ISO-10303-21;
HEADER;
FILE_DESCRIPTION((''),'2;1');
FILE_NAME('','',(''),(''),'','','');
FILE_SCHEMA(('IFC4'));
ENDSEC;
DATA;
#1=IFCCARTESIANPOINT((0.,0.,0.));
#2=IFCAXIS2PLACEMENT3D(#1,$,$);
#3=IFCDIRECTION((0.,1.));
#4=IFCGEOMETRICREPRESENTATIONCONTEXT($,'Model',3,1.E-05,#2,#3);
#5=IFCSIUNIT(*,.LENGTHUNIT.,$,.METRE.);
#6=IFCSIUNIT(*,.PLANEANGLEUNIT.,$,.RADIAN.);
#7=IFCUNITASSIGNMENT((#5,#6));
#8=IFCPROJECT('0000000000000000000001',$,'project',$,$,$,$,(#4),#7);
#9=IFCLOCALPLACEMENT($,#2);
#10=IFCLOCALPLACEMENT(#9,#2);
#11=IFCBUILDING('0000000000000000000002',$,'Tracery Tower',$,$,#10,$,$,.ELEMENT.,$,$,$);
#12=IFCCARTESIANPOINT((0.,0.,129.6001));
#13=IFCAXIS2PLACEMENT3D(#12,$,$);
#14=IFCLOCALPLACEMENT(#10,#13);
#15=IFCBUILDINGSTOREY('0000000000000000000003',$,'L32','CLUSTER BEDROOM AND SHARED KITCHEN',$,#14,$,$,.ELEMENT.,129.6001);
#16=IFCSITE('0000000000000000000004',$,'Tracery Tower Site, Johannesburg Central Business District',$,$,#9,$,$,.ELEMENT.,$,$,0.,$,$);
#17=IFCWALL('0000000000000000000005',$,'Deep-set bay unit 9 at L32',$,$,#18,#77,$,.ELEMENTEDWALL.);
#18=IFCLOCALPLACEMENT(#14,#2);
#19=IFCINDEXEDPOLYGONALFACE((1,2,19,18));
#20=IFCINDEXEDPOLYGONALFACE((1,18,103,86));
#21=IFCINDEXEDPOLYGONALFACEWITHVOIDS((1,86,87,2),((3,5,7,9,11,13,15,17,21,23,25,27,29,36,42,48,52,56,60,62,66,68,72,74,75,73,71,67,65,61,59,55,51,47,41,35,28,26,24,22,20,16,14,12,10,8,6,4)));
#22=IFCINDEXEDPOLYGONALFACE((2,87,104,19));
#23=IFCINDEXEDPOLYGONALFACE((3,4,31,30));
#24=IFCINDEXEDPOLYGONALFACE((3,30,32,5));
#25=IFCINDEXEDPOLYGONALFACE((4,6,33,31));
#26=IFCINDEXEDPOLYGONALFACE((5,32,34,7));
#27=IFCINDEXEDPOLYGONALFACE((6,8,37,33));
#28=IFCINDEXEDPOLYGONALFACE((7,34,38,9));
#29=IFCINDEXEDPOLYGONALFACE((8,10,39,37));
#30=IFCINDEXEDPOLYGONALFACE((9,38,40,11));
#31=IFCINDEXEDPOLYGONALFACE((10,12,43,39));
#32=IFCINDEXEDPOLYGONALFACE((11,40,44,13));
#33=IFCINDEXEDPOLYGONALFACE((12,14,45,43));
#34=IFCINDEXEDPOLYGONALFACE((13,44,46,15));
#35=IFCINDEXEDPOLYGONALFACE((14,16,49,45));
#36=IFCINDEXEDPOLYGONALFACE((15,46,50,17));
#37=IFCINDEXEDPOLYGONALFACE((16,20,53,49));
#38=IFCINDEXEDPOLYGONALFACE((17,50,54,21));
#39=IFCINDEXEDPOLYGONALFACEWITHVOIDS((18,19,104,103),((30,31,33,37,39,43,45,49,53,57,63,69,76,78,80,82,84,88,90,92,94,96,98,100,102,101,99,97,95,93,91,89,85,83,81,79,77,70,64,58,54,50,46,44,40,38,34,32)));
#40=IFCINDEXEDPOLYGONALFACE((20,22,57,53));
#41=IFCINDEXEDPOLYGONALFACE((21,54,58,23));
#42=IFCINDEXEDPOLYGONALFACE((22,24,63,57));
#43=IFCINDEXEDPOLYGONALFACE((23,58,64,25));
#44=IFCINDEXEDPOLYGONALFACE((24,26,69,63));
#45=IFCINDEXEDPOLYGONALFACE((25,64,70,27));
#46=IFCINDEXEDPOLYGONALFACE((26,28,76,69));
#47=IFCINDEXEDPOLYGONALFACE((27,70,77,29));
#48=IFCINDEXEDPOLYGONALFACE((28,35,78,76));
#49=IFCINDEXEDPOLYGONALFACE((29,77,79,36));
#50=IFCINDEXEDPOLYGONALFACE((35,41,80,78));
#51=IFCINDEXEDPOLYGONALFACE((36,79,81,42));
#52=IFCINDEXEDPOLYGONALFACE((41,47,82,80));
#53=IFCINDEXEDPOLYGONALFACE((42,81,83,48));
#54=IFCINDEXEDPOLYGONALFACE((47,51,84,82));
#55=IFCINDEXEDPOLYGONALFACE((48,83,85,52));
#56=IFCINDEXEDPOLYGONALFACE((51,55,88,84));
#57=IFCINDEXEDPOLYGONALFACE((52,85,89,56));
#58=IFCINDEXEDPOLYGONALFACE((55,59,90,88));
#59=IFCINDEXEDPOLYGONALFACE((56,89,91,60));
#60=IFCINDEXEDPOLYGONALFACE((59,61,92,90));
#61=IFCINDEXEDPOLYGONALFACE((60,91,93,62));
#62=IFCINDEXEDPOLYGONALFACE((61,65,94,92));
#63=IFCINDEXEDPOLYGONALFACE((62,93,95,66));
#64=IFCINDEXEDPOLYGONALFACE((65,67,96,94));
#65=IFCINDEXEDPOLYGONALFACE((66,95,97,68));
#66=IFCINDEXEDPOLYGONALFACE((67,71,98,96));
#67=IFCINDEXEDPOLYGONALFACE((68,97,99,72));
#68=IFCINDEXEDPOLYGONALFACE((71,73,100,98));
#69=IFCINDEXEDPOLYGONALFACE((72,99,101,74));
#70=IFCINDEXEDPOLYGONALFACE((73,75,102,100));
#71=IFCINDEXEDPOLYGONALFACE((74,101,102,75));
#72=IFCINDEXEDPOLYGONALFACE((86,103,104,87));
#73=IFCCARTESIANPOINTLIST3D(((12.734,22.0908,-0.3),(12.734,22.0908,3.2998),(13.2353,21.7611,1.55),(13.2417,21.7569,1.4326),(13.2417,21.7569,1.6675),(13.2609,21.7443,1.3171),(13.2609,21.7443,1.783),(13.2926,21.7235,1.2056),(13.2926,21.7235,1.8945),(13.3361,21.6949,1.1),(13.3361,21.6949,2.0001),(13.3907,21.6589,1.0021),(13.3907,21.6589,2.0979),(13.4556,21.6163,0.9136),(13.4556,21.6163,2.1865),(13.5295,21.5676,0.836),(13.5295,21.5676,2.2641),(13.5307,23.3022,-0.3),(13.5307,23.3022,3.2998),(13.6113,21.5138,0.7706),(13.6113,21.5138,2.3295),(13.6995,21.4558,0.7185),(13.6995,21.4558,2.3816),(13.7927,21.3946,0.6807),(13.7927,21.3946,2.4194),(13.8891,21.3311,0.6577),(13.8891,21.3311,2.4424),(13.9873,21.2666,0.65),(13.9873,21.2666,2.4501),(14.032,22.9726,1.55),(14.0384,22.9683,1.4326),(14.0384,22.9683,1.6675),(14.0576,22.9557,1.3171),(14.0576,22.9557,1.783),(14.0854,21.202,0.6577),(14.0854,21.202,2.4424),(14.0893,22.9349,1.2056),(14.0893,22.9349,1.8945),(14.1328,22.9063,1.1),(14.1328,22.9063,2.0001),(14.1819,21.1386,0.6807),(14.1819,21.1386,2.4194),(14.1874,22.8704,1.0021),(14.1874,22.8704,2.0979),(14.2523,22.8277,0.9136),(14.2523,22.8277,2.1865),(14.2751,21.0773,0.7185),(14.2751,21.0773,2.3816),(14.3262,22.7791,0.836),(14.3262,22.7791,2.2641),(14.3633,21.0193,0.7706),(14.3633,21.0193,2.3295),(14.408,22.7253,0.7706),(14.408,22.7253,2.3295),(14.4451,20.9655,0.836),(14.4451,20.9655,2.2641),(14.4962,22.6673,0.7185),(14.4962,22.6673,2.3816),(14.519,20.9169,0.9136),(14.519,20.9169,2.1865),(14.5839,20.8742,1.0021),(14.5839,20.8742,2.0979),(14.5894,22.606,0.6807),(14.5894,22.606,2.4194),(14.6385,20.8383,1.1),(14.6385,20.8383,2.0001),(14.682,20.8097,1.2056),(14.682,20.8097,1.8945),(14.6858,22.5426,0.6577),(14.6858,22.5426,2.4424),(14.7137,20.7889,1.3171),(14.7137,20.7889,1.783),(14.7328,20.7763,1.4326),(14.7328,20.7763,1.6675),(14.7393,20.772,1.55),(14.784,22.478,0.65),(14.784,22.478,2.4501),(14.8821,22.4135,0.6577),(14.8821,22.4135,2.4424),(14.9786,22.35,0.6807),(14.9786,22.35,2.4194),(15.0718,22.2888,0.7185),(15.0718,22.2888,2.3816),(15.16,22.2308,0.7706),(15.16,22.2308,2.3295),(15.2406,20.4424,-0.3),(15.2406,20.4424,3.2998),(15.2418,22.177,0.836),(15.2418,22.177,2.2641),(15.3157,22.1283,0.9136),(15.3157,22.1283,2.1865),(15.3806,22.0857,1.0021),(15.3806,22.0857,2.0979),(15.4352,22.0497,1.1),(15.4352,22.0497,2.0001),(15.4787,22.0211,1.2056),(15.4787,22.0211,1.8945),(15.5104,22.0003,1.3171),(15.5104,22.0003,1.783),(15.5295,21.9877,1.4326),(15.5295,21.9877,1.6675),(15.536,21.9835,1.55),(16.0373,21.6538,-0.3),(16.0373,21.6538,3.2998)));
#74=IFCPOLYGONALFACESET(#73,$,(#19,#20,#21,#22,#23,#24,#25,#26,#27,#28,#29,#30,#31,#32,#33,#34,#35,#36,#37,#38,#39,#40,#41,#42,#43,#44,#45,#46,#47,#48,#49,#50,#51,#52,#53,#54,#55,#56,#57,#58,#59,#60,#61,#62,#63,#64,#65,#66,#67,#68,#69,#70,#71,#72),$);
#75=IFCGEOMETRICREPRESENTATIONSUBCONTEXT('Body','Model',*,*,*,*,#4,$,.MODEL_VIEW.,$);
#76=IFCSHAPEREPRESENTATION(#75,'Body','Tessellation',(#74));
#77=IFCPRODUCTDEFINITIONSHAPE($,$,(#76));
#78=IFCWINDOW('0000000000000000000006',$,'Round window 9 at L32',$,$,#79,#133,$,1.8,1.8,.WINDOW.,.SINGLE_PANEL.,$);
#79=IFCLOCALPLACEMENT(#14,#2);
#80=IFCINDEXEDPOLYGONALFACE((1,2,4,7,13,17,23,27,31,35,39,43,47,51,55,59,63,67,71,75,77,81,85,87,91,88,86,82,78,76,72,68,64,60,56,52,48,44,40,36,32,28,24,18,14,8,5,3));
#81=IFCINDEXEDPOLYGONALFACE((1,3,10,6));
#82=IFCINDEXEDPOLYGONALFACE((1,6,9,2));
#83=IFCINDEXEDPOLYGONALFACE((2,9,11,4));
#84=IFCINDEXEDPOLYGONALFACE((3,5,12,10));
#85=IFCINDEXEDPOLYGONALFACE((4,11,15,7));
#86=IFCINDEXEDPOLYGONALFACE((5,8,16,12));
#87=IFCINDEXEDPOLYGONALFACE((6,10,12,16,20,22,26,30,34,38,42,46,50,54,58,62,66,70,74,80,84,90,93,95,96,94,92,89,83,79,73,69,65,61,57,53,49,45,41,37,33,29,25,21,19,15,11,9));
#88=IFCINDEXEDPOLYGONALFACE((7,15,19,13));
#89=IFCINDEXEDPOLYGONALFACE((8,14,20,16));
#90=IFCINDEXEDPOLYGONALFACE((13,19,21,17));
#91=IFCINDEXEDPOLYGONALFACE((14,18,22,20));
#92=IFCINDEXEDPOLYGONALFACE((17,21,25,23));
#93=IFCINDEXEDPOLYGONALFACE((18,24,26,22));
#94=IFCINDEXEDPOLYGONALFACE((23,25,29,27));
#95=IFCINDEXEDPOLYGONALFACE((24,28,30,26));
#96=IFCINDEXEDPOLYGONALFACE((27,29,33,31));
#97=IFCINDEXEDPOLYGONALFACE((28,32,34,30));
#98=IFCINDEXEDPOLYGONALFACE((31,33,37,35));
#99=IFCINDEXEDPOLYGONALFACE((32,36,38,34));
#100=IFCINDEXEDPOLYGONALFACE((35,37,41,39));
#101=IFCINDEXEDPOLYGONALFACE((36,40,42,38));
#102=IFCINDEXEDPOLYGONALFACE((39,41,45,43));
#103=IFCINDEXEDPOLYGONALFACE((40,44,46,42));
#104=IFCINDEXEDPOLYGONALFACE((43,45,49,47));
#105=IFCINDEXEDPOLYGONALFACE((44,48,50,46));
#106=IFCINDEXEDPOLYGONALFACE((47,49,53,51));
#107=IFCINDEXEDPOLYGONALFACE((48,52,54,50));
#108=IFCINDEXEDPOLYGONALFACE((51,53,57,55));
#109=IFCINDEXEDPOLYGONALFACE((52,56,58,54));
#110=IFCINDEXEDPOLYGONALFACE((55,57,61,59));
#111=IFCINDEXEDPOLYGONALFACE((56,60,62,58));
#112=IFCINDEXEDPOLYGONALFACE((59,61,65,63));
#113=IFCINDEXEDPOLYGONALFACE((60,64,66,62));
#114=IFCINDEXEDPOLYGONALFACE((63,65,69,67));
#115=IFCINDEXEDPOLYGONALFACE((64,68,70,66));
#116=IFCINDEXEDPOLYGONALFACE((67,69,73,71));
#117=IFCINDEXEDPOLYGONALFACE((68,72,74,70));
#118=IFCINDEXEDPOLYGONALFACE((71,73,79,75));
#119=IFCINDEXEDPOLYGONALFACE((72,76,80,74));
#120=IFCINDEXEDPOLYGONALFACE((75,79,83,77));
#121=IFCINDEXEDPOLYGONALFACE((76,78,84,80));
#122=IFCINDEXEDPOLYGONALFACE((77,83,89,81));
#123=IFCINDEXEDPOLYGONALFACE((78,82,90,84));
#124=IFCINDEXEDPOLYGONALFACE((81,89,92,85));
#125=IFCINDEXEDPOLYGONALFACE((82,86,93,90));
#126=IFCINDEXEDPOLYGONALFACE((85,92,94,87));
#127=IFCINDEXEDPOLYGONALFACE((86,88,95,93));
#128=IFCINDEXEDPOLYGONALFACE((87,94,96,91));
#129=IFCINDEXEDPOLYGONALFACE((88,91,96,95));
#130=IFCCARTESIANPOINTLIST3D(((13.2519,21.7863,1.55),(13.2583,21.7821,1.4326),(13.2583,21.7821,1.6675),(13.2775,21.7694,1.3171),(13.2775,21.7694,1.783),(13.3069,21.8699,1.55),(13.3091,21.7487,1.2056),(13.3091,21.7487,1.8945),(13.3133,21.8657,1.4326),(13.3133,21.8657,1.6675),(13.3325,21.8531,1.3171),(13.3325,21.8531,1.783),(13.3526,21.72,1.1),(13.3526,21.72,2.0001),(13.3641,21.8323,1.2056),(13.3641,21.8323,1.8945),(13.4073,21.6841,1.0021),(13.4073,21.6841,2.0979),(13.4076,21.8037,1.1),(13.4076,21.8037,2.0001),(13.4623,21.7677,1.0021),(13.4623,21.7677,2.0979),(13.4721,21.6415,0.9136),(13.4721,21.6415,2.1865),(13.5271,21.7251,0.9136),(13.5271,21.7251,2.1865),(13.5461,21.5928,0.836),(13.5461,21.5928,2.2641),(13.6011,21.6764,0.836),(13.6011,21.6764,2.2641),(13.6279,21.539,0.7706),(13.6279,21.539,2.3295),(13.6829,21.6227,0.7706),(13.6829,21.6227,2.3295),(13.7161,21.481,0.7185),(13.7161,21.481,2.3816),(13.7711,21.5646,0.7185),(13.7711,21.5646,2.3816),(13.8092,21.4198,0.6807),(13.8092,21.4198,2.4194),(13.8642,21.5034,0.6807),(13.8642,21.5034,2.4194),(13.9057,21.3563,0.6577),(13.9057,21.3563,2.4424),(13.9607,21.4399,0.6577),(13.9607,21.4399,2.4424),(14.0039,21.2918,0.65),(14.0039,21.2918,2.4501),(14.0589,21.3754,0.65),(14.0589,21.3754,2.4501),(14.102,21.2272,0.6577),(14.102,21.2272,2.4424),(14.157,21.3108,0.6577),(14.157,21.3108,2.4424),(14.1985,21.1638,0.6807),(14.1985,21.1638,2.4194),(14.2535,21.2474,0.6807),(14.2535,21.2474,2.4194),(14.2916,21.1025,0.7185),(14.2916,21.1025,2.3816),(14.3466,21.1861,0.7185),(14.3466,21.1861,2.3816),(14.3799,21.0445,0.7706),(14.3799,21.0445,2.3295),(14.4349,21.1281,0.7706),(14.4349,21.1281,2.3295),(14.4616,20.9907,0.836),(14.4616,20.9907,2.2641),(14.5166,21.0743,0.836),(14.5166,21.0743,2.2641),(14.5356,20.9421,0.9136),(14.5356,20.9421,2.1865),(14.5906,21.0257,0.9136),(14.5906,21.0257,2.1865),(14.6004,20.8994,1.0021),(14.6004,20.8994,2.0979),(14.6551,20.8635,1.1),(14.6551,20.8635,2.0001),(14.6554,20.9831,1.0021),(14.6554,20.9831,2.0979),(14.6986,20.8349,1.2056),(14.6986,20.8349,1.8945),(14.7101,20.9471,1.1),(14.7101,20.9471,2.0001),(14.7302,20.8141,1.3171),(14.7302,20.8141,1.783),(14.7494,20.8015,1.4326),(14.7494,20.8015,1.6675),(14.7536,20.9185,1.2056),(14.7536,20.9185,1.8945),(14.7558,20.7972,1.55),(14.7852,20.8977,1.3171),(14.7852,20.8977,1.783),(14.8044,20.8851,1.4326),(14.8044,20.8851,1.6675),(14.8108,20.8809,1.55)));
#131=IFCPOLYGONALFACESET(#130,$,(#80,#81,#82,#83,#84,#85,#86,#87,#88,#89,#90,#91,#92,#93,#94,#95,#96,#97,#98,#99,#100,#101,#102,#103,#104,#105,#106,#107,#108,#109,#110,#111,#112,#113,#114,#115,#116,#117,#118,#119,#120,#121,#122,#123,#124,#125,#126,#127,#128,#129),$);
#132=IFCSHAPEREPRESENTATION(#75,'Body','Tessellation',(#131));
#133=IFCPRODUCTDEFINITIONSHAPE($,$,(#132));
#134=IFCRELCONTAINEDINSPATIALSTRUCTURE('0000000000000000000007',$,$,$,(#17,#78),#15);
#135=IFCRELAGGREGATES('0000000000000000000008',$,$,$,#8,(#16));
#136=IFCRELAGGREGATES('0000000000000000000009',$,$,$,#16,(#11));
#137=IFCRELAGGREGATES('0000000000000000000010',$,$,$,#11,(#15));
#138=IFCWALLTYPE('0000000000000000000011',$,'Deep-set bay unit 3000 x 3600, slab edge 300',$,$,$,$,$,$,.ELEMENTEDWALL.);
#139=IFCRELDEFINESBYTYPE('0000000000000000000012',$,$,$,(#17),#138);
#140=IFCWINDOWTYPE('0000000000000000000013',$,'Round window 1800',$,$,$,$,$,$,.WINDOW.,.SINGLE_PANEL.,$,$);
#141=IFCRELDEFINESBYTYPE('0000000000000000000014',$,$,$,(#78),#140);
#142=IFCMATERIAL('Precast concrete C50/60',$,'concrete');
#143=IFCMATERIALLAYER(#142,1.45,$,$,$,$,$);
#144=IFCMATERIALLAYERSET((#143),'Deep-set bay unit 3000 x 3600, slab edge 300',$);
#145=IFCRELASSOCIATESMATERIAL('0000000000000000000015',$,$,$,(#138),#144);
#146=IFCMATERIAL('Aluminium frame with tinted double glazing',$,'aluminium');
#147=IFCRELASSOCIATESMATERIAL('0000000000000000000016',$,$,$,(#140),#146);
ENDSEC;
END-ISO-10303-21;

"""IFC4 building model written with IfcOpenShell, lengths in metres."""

from ifc_helpers import new_model, si_unit, direction, frame, frame_2d, origin, origin_2d, place, context, subcontext, project, spatial, rectangle, circle, extrude, material, layer, layer_set, type_object, element, fill, save


model = new_model("IFC4")

# Units and contexts
model_context = context("Model", 3, precision=1e-05, world=origin(), true_north=direction((0.0, 1.0)))
body_context = subcontext(model_context, "Body", "Model", "MODEL_VIEW")
ifc_project = project(units=[si_unit("LENGTHUNIT", "METRE"), si_unit("PLANEANGLEUNIT", "RADIAN")], contexts=[model_context])

# Site, building, storey
site_placement = place(None, origin())
site = spatial("IfcSite", under=ifc_project, at=site_placement, Name="Tracery Tower Site, Johannesburg Central Business District", CompositionType="ELEMENT", RefElevation=0.0)
building_placement = place(site_placement, origin())
building = spatial("IfcBuilding", under=site, at=building_placement, Name="Tracery Tower", CompositionType="ELEMENT")
storey_placement = place(building_placement, frame((0.0, 0.0, 129.6001)))
storey = spatial("IfcBuildingStorey", under=building, at=storey_placement, Name="L32", Description="CLUSTER BEDROOM AND SHARED KITCHEN", CompositionType="ELEMENT", Elevation=129.6001)

# Wall, opening, window
ifc_material_1 = material(Name="Precast concrete C50/60", Category="concrete")
ifc_layer_1 = layer(ifc_material_1, 1.45)
ifc_layer_set_1 = layer_set([ifc_layer_1], Name="Deep-set bay unit 3000 x 3600, slab edge 300")
wall_type_1 = type_object("IfcWallType", Name="Deep-set bay unit 3000 x 3600, slab edge 300", PredefinedType="ELEMENTEDWALL", material=ifc_layer_set_1)
ifc_material_2 = material(Name="Aluminium frame with tinted double glazing", Category="aluminium")
window_type = type_object("IfcWindowType", Name="Round window 1800", PartitioningType="SINGLE_PANEL", PredefinedType="WINDOW", material=ifc_material_2)
wall_1_placement = place(storey_placement, frame((15.6389, 21.0481, -0.3), z_axis=(0.0, 0.0, 1.0), x_axis=(-0.835514, 0.549469, 0.0)))
wall_1 = element("IfcWall", 1, at=wall_1_placement, inside=storey, type_object=wall_type_1, Name="Deep-set bay unit 9 at L32", PredefinedType="ELEMENTEDWALL", context=body_context, shape_type="SweptSolid", body=[
    extrude(rectangle(XDim=3.0, YDim=1.45, at=frame_2d((1.5, 0.0))), origin(), (0.0, 0.0, 1.0), 3.5999),
])
opening_1_placement = place(wall_1_placement, frame((1.5, 0.0, 1.8501)))
opening_1 = element("IfcOpeningElement", 2, at=opening_1_placement, cuts=wall_1, PredefinedType="OPENING", context=body_context, shape_type="SweptSolid", body=[
    extrude(circle(Radius=0.9, at=origin_2d()), frame((0.0, 0.7349, 0.0), z_axis=(0.0, -1.0, 0.0), x_axis=(1.0, 0.0, 0.0)), (0.0, 0.0, 1.0), 1.47),
])
window_1_placement = place(opening_1_placement, origin())
window_1 = element("IfcWindow", 3, at=window_1_placement, inside=storey, type_object=window_type, Name="Round window 9 at L32", OverallHeight=1.8, OverallWidth=1.8, PartitioningType="SINGLE_PANEL", PredefinedType="WINDOW", context=body_context, shape_type="SweptSolid", body=[
    extrude(circle(Radius=0.9, at=origin_2d()), frame((0.0, 0.6948, 0.0), z_axis=(0.0, -1.0, 0.0), x_axis=(1.0, 0.0, 0.0)), (0.0, 0.0, 1.0), 0.1001),
])
fill(opening_1, window_1)

save(model, "model.ifc")
